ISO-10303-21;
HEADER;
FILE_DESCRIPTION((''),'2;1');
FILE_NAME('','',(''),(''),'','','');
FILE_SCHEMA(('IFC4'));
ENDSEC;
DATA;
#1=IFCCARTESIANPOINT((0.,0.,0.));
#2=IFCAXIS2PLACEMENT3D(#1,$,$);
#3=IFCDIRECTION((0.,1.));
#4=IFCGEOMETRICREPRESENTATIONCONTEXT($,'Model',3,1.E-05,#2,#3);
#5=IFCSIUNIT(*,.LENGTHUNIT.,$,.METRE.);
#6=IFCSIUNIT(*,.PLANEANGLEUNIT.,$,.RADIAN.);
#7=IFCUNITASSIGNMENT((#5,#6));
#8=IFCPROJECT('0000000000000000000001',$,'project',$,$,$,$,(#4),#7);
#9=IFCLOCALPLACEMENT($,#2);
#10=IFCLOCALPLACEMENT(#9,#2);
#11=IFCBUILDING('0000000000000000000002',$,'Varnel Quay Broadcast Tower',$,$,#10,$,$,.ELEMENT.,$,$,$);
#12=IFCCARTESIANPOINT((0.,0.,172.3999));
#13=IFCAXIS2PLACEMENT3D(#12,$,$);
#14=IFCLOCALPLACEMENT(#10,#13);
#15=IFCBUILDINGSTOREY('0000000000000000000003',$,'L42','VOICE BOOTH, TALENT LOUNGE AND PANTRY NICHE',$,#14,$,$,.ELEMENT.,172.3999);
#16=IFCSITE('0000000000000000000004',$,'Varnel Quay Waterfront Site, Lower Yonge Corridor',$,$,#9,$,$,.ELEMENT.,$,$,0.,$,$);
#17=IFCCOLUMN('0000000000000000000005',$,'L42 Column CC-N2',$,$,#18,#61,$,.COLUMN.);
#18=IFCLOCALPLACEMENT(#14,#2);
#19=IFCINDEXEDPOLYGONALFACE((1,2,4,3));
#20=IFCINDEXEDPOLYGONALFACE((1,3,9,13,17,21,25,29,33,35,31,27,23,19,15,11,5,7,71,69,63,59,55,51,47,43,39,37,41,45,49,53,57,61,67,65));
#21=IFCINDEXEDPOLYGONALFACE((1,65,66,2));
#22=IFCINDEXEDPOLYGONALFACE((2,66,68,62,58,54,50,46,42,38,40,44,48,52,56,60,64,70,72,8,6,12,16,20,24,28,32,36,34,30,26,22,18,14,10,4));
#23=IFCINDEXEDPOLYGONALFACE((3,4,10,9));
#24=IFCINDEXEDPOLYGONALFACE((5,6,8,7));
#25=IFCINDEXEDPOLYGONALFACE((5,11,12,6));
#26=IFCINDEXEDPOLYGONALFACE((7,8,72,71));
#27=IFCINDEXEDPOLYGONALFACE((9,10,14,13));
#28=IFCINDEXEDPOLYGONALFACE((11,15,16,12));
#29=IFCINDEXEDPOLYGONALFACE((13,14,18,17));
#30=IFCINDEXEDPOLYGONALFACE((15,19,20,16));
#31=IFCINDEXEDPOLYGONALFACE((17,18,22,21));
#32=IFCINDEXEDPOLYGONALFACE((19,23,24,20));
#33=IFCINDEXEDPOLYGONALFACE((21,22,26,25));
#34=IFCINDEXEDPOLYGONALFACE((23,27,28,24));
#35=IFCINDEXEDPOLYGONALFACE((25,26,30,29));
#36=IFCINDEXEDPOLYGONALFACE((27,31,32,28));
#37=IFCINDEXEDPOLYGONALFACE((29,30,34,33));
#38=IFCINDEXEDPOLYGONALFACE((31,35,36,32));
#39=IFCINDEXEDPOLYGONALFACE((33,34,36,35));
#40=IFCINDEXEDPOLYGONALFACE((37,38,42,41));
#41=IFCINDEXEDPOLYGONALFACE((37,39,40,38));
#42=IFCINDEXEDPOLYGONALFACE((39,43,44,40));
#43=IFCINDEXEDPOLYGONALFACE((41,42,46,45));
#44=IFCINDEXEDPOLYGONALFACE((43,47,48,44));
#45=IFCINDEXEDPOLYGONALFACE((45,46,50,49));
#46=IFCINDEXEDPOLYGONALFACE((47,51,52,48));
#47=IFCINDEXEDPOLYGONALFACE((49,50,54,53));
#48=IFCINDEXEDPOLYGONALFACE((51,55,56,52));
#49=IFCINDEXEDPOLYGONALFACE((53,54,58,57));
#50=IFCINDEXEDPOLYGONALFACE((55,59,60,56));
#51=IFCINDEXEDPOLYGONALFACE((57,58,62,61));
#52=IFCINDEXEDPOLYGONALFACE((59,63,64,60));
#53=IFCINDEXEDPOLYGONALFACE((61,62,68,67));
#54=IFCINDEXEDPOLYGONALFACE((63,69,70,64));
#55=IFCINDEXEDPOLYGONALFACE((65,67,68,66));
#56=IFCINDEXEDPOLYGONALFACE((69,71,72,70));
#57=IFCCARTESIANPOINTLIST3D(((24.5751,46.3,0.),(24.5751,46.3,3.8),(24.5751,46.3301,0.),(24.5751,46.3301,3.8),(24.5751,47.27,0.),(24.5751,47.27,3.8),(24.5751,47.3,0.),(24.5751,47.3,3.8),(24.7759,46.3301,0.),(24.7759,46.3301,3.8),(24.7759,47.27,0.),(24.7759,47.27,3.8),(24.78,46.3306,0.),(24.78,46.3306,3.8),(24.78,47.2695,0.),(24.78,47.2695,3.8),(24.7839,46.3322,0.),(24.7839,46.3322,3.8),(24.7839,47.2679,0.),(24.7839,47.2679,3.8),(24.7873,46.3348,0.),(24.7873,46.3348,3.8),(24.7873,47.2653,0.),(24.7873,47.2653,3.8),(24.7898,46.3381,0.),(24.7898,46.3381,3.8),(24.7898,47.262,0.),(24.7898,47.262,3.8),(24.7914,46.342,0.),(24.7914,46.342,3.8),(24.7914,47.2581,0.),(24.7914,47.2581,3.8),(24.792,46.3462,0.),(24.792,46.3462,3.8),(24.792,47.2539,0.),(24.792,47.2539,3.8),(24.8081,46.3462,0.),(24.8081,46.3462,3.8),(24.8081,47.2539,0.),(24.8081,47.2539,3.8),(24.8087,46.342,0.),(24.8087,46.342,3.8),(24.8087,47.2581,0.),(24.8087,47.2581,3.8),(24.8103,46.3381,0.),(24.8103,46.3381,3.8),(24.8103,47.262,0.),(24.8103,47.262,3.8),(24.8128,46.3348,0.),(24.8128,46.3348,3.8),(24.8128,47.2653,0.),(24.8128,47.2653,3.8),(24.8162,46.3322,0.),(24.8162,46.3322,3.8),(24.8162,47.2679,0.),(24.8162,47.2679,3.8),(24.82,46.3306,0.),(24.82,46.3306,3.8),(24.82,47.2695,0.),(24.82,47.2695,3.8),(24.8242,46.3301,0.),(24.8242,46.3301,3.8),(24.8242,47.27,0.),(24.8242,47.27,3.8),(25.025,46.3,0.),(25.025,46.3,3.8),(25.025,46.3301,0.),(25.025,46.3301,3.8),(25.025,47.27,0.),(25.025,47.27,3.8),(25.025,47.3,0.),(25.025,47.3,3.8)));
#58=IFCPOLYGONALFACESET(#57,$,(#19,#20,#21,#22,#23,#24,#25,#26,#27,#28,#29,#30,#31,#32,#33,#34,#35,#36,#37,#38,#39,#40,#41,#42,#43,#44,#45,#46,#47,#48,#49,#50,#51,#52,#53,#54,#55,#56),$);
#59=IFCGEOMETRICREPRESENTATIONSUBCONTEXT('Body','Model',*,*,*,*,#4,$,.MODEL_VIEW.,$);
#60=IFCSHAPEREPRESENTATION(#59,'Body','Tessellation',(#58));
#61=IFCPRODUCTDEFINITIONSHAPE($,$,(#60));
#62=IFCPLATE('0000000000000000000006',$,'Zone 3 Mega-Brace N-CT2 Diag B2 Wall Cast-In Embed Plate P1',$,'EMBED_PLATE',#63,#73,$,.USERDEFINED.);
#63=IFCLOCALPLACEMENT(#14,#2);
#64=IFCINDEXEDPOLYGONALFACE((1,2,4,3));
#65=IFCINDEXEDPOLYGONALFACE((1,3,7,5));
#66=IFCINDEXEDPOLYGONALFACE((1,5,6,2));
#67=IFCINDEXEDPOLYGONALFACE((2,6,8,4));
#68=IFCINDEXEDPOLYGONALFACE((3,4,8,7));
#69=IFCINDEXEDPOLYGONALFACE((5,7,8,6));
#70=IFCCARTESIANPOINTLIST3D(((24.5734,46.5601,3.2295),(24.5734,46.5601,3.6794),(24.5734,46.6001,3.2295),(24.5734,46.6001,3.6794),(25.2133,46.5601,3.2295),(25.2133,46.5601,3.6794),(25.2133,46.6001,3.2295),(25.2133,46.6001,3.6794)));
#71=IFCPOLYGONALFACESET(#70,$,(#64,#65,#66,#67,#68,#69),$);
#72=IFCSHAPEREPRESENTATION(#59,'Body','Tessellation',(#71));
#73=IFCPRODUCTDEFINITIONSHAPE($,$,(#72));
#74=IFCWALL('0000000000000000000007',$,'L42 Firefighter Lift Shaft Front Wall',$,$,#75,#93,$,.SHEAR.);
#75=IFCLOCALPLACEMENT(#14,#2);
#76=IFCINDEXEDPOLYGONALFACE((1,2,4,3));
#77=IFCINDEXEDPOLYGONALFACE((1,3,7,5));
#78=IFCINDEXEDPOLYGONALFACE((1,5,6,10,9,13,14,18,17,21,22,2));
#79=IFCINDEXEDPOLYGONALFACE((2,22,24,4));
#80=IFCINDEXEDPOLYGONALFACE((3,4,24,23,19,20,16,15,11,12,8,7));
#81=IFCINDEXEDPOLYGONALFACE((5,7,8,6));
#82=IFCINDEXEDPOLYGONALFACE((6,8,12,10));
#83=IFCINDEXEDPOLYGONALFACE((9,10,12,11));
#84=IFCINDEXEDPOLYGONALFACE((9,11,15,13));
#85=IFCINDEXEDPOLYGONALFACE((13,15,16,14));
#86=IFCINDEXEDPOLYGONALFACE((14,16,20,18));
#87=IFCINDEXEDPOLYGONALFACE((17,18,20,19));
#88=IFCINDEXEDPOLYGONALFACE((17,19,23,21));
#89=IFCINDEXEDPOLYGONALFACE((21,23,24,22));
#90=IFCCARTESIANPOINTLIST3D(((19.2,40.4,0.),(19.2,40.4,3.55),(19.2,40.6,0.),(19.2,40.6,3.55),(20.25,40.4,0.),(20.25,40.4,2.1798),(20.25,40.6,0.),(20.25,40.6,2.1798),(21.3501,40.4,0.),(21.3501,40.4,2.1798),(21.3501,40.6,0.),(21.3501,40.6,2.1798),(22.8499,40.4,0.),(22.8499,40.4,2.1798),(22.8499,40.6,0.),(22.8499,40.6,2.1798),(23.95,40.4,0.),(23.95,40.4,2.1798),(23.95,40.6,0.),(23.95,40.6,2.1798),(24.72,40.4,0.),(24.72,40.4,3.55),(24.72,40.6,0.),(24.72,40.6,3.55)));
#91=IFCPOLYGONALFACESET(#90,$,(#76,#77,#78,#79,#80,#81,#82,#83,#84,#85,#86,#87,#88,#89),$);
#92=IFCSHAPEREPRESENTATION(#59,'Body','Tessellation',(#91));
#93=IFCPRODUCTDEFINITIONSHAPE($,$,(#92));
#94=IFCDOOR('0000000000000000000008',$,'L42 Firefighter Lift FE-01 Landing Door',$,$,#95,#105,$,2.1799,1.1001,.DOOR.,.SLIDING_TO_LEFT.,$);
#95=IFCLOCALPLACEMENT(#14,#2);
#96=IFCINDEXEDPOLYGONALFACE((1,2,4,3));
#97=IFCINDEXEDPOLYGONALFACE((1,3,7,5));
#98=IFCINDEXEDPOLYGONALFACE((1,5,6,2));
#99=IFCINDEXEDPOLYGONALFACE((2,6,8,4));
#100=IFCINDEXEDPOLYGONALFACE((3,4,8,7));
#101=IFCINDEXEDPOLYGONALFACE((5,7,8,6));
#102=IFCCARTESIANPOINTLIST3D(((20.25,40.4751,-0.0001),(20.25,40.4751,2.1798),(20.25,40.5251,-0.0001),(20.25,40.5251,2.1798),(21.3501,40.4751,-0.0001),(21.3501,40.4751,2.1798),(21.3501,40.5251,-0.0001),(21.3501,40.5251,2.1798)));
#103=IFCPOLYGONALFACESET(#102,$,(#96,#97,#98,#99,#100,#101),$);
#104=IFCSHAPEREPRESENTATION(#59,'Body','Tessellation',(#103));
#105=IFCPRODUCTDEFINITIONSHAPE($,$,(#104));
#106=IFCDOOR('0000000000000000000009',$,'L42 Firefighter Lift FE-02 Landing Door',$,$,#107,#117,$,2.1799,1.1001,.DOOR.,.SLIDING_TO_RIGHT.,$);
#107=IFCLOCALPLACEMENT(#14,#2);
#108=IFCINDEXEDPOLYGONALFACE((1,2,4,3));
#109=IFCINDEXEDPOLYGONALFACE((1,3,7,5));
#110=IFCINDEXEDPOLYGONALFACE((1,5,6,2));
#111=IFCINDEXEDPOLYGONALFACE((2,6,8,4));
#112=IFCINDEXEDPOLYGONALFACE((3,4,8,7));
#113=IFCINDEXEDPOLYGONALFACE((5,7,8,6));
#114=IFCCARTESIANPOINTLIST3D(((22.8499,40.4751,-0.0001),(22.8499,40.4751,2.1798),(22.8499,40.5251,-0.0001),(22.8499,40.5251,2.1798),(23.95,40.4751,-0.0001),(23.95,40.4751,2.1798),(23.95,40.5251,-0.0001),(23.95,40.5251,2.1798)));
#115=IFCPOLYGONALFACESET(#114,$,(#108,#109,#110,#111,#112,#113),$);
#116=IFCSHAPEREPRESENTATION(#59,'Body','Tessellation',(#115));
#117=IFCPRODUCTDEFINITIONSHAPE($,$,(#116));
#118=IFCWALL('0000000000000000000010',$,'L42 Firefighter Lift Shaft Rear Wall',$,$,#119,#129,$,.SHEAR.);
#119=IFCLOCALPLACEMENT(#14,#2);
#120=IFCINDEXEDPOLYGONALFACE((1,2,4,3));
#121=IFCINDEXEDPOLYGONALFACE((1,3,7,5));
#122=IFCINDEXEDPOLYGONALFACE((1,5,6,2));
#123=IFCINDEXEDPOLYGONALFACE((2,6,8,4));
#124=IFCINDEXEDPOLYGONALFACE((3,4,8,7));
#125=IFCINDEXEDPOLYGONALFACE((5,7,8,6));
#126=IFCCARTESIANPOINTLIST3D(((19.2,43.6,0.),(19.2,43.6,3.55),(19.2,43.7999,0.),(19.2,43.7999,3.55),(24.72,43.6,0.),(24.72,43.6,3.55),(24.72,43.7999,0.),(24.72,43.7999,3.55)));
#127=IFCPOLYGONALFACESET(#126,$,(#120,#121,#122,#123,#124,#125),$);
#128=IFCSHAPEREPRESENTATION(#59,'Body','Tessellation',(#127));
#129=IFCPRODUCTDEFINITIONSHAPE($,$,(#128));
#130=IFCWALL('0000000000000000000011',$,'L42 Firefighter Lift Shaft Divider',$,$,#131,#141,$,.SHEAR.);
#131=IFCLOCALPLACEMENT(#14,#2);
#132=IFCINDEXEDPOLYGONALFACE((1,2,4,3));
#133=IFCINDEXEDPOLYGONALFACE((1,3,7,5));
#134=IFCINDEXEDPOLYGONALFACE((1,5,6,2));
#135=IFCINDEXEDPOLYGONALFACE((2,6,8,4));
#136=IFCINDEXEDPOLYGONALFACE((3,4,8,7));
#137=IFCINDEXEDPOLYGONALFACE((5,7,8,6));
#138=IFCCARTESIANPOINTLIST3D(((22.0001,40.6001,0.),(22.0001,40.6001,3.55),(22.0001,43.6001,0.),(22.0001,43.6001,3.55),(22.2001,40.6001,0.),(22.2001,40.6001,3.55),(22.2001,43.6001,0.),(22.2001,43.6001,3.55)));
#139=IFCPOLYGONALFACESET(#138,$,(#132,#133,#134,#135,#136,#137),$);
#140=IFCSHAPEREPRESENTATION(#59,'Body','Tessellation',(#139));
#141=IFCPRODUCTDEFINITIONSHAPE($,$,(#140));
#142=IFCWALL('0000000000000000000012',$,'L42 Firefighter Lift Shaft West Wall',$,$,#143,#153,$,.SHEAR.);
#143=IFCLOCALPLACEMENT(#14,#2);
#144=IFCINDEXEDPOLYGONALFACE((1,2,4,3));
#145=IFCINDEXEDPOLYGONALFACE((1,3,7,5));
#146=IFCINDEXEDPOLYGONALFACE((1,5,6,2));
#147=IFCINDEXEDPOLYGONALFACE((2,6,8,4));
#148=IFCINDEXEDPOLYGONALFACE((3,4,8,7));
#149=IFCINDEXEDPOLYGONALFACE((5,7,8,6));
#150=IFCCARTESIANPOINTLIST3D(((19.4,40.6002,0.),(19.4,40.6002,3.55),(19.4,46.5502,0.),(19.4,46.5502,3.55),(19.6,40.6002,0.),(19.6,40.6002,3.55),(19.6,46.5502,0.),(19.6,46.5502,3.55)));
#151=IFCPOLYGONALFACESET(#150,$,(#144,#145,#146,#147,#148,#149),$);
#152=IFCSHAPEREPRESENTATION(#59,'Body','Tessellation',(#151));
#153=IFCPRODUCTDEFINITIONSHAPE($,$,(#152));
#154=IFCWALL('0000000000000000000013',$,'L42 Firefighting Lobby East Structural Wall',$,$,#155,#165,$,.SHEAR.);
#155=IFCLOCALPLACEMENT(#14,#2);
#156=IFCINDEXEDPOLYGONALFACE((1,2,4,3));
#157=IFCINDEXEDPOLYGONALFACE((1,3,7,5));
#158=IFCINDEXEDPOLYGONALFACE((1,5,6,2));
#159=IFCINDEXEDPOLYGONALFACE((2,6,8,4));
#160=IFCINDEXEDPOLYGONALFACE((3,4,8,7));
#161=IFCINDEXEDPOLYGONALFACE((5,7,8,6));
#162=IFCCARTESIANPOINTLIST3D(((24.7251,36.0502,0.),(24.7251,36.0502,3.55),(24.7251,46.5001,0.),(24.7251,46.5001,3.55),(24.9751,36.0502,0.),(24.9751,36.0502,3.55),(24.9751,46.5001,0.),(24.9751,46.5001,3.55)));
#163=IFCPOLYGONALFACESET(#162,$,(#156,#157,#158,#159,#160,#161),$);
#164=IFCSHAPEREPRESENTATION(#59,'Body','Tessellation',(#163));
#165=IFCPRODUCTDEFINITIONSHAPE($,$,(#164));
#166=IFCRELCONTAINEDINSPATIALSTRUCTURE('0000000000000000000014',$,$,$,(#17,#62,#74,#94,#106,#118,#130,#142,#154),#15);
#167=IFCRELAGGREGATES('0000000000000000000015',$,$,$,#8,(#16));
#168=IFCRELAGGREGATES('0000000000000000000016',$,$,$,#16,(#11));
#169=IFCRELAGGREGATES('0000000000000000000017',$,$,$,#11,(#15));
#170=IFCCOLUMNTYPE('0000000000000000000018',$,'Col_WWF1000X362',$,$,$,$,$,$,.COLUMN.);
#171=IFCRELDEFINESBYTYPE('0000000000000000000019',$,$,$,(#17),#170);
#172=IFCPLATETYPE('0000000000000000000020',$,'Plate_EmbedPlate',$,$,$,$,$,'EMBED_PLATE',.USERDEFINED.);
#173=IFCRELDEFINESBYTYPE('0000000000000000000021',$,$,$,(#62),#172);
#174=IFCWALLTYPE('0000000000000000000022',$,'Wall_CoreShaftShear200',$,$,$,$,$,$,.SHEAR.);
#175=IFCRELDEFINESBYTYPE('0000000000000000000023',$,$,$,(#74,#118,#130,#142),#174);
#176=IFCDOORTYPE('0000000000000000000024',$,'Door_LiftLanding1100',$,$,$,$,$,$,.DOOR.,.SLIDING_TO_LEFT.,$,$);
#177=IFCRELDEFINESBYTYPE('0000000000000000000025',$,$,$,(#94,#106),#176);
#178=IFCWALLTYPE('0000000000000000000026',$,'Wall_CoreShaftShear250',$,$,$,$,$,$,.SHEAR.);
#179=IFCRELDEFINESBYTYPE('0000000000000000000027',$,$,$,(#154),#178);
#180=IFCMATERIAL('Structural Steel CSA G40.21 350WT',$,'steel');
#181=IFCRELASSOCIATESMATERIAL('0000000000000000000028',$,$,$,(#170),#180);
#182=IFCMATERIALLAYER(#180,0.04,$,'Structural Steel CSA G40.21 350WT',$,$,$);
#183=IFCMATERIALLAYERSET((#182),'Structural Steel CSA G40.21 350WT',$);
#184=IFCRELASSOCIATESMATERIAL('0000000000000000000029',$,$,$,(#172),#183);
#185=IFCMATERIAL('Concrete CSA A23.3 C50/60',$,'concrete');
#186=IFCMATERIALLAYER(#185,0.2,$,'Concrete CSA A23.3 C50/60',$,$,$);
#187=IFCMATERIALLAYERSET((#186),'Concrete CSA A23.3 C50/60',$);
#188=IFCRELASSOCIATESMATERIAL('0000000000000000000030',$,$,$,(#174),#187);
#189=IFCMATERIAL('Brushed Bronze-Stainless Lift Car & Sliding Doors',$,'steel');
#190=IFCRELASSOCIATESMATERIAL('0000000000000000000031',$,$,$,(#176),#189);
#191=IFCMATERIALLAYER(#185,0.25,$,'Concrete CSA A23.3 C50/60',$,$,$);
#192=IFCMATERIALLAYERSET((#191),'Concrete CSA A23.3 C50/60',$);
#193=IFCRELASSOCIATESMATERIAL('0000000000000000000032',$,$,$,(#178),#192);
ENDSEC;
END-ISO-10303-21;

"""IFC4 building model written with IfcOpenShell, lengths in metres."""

from ifc_helpers import new_model, si_unit, direction, frame, frame_2d, origin, origin_2d, place, context, subcontext, project, spatial, rectangle, i_section, extrude, source, transform, mapped, material, layer, layer_set, material_profile, profile_set, type_object, type_shapes, element, fill, save


model = new_model("IFC4")

# Units and contexts
model_context = context("Model", 3, precision=1e-05, world=origin(), true_north=direction((0.0, 1.0)))
body_context = subcontext(model_context, "Body", "Model", "MODEL_VIEW")
ifc_project = project(units=[si_unit("LENGTHUNIT", "METRE"), si_unit("PLANEANGLEUNIT", "RADIAN")], contexts=[model_context])

# Site, building, storey
site_placement = place(None, origin())
site = spatial("IfcSite", under=ifc_project, at=site_placement, Name="Varnel Quay Waterfront Site, Lower Yonge Corridor", CompositionType="ELEMENT", RefElevation=0.0)
building_placement = place(site_placement, origin())
building = spatial("IfcBuilding", under=site, at=building_placement, Name="Varnel Quay Broadcast Tower", CompositionType="ELEMENT")
storey_placement = place(building_placement, frame((0.0, 0.0, 172.3999)))
storey = spatial("IfcBuildingStorey", under=building, at=storey_placement, Name="L42", Description="VOICE BOOTH, TALENT LOUNGE AND PANTRY NICHE", CompositionType="ELEMENT", Elevation=172.3999)

# Column
ifc_material_1 = material(Name="Structural Steel CSA G40.21 350WT", Category="steel")
ifc_material_profile = material_profile(ifc_material_1, i_section(OverallWidth=0.45, OverallDepth=1.0, WebThickness=0.0161, FlangeThickness=0.03, FilletRadius=0.0161, at=origin_2d()), Name="WWF1000X362")
ifc_profile_set = profile_set([ifc_material_profile], Name="Structural Steel CSA G40.21 350WT")
column_type = type_object("IfcColumnType", Name="Col_WWF1000X362", PredefinedType="COLUMN", material=ifc_profile_set)
shared_shape_1 = source(origin(), body_context, "Body", "SweptSolid", [
    extrude(i_section(OverallWidth=0.45, OverallDepth=1.0, WebThickness=0.0161, FlangeThickness=0.03, FilletRadius=0.0161, at=origin_2d()), origin(), (0.0, 0.0, 1.0), 3.8),
])
type_shapes(column_type, [shared_shape_1])
column_placement = place(storey_placement, frame((24.8, 46.8, 0.0), z_axis=(0.0, 0.0, 1.0), x_axis=(1.0, 0.0, 0.0)))
element("IfcColumn", 1, at=column_placement, inside=storey, type_object=column_type, Name="L42 Column CC-N2", PredefinedType="COLUMN", context=body_context, shape_type="MappedRepresentation", body=[
    mapped(shared_shape_1, transform((0.0, 0.0, 0.0), x_axis=(1.0, 0.0, 0.0), y_axis=(0.0, 1.0, 0.0), z_axis=(0.0, 0.0, 1.0), scale=1.0)),
])

# Plate
ifc_layer_1 = layer(ifc_material_1, 0.04, Name="Structural Steel CSA G40.21 350WT")
ifc_layer_set_1 = layer_set([ifc_layer_1], Name="Structural Steel CSA G40.21 350WT")
plate_type = type_object("IfcPlateType", Name="Plate_EmbedPlate", ElementType="EMBED_PLATE", PredefinedType="USERDEFINED", material=ifc_layer_set_1)
shared_shape_2 = source(origin(), body_context, "Body", "SweptSolid", [
    extrude(rectangle(XDim=0.6399, YDim=0.04, at=origin_2d()), origin(), (0.0, 0.0, 1.0), 0.45),
])
type_shapes(plate_type, [shared_shape_2])
plate_placement = place(storey_placement, frame((24.8933, 46.5801, 3.2295), z_axis=(0.0, 0.0, 1.0), x_axis=(1.0, 0.0, 0.0)))
element("IfcPlate", 2, at=plate_placement, inside=storey, type_object=plate_type, Name="Zone 3 Mega-Brace N-CT2 Diag B2 Wall Cast-In Embed Plate P1", ObjectType="EMBED_PLATE", PredefinedType="USERDEFINED", context=body_context, shape_type="MappedRepresentation", body=[
    mapped(shared_shape_2, transform((0.0, 0.0, 0.0), x_axis=(1.0, 0.0, 0.0), y_axis=(0.0, 1.0, 0.0), z_axis=(0.0, 0.0, 1.0), scale=1.0)),
])

# Wall, openings, doors
ifc_material_2 = material(Name="Concrete CSA A23.3 C50/60", Category="concrete")
ifc_layer_2 = layer(ifc_material_2, 0.2, Name="Concrete CSA A23.3 C50/60")
ifc_layer_set_2 = layer_set([ifc_layer_2], Name="Concrete CSA A23.3 C50/60")
wall_type_1 = type_object("IfcWallType", Name="Wall_CoreShaftShear200", PredefinedType="SHEAR", material=ifc_layer_set_2)
wall_1_placement = place(storey_placement, frame((19.2, 40.5, 0.0), z_axis=(0.0, 0.0, 1.0), x_axis=(1.0, 0.0, 0.0)))
wall_1 = element("IfcWall", 3, at=wall_1_placement, inside=storey, type_object=wall_type_1, Name="L42 Firefighter Lift Shaft Front Wall", PredefinedType="SHEAR", context=body_context, shape_type="SweptSolid", body=[
    extrude(rectangle(XDim=5.52, YDim=0.2, at=frame_2d((2.76, 0.0))), origin(), (0.0, 0.0, 1.0), 3.55),
])
opening_1_placement = place(wall_1_placement, frame((1.05, 0.0, 0.0)))
opening_1 = element("IfcOpeningElement", 4, at=opening_1_placement, cuts=wall_1, PredefinedType="OPENING", context=body_context, shape_type="SweptSolid", body=[
    extrude(rectangle(XDim=1.1001, YDim=2.1799, at=frame_2d((0.55, 1.0898))), frame((0.0, 0.1099, 0.0), z_axis=(0.0, -1.0, 0.0), x_axis=(1.0, 0.0, 0.0)), (0.0, 0.0, 1.0), 0.22),
])
opening_2_placement = place(wall_1_placement, frame((3.6499, 0.0, 0.0)))
opening_2 = element("IfcOpeningElement", 5, at=opening_2_placement, cuts=wall_1, PredefinedType="OPENING", context=body_context, shape_type="SweptSolid", body=[
    extrude(rectangle(XDim=1.1001, YDim=2.1799, at=frame_2d((0.55, 1.0898))), frame((0.0, 0.1099, 0.0), z_axis=(0.0, -1.0, 0.0), x_axis=(1.0, 0.0, 0.0)), (0.0, 0.0, 1.0), 0.22),
])
ifc_material_3 = material(Name="Brushed Bronze-Stainless Lift Car & Sliding Doors", Category="steel")
door_type_1 = type_object("IfcDoorType", Name="Door_LiftLanding1100", OperationType="SLIDING_TO_LEFT", PredefinedType="DOOR", material=ifc_material_3)
shared_shape_3 = source(origin(), body_context, "Body", "SweptSolid", [
    extrude(rectangle(XDim=1.1001, YDim=2.1799, at=frame_2d((0.55, 1.0898))), frame((0.0, 0.0249, 0.0), z_axis=(0.0, -1.0, 0.0), x_axis=(1.0, 0.0, 0.0)), (0.0, 0.0, 1.0), 0.05),
])
type_shapes(door_type_1, [shared_shape_3])
door_1_placement = place(opening_1_placement, frame((1.1001, 0.0, 0.0), z_axis=(0.0, 0.0, 1.0), x_axis=(-1.0, 0.0, 0.0)))
door_1 = element("IfcDoor", 6, at=door_1_placement, inside=storey, type_object=door_type_1, Name="L42 Firefighter Lift FE-01 Landing Door", OperationType="SLIDING_TO_LEFT", OverallHeight=2.1799, OverallWidth=1.1001, PredefinedType="DOOR", context=body_context, shape_type="MappedRepresentation", body=[
    mapped(shared_shape_3, transform((0.0, 0.0, 0.0), x_axis=(1.0, 0.0, 0.0), y_axis=(0.0, 1.0, 0.0), z_axis=(0.0, 0.0, 1.0), scale=1.0)),
])
fill(opening_1, door_1)
door_2_placement = place(opening_2_placement, frame((1.1001, 0.0, 0.0), z_axis=(0.0, 0.0, 1.0), x_axis=(-1.0, 0.0, 0.0)))
door_2 = element("IfcDoor", 7, at=door_2_placement, inside=storey, type_object=door_type_1, Name="L42 Firefighter Lift FE-02 Landing Door", OperationType="SLIDING_TO_RIGHT", OverallHeight=2.1799, OverallWidth=1.1001, PredefinedType="DOOR", context=body_context, shape_type="MappedRepresentation", body=[
    mapped(shared_shape_3, transform((0.0, 0.0, 0.0), x_axis=(1.0, 0.0, 0.0), y_axis=(0.0, 1.0, 0.0), z_axis=(0.0, 0.0, 1.0), scale=1.0)),
])
fill(opening_2, door_2)

# Walls
wall_2_placement = place(storey_placement, frame((19.2, 43.7, 0.0), z_axis=(0.0, 0.0, 1.0), x_axis=(1.0, 0.0, 0.0)))
element("IfcWall", 8, at=wall_2_placement, inside=storey, type_object=wall_type_1, Name="L42 Firefighter Lift Shaft Rear Wall", PredefinedType="SHEAR", context=body_context, shape_type="SweptSolid", body=[
    extrude(rectangle(XDim=5.52, YDim=0.2, at=frame_2d((2.76, 0.0))), origin(), (0.0, 0.0, 1.0), 3.55),
])
wall_3_placement = place(storey_placement, frame((22.1001, 40.6001, 0.0), z_axis=(0.0, 0.0, 1.0), x_axis=(0.0, 1.0, 0.0)))
element("IfcWall", 9, at=wall_3_placement, inside=storey, type_object=wall_type_1, Name="L42 Firefighter Lift Shaft Divider", PredefinedType="SHEAR", context=body_context, shape_type="SweptSolid", body=[
    extrude(rectangle(XDim=3.0, YDim=0.2, at=frame_2d((1.5, 0.0))), origin(), (0.0, 0.0, 1.0), 3.55),
])
wall_4_placement = place(storey_placement, frame((19.5, 40.6001, 0.0), z_axis=(0.0, 0.0, 1.0), x_axis=(0.0, 1.0, 0.0)))
element("IfcWall", 10, at=wall_4_placement, inside=storey, type_object=wall_type_1, Name="L42 Firefighter Lift Shaft West Wall", PredefinedType="SHEAR", context=body_context, shape_type="SweptSolid", body=[
    extrude(rectangle(XDim=5.95, YDim=0.2, at=frame_2d((2.9751, 0.0))), origin(), (0.0, 0.0, 1.0), 3.55),
])
ifc_layer_3 = layer(ifc_material_2, 0.25, Name="Concrete CSA A23.3 C50/60")
ifc_layer_set_3 = layer_set([ifc_layer_3], Name="Concrete CSA A23.3 C50/60")
wall_type_2 = type_object("IfcWallType", Name="Wall_CoreShaftShear250", PredefinedType="SHEAR", material=ifc_layer_set_3)
wall_5_placement = place(storey_placement, frame((24.8501, 36.05, 0.0), z_axis=(0.0, 0.0, 1.0), x_axis=(0.0, 1.0, 0.0)))
element("IfcWall", 11, at=wall_5_placement, inside=storey, type_object=wall_type_2, Name="L42 Firefighting Lobby East Structural Wall", PredefinedType="SHEAR", context=body_context, shape_type="SweptSolid", body=[
    extrude(rectangle(XDim=10.45, YDim=0.25, at=frame_2d((5.2251, 0.0))), origin(), (0.0, 0.0, 1.0), 3.55),
])

save(model, "model.ifc")
